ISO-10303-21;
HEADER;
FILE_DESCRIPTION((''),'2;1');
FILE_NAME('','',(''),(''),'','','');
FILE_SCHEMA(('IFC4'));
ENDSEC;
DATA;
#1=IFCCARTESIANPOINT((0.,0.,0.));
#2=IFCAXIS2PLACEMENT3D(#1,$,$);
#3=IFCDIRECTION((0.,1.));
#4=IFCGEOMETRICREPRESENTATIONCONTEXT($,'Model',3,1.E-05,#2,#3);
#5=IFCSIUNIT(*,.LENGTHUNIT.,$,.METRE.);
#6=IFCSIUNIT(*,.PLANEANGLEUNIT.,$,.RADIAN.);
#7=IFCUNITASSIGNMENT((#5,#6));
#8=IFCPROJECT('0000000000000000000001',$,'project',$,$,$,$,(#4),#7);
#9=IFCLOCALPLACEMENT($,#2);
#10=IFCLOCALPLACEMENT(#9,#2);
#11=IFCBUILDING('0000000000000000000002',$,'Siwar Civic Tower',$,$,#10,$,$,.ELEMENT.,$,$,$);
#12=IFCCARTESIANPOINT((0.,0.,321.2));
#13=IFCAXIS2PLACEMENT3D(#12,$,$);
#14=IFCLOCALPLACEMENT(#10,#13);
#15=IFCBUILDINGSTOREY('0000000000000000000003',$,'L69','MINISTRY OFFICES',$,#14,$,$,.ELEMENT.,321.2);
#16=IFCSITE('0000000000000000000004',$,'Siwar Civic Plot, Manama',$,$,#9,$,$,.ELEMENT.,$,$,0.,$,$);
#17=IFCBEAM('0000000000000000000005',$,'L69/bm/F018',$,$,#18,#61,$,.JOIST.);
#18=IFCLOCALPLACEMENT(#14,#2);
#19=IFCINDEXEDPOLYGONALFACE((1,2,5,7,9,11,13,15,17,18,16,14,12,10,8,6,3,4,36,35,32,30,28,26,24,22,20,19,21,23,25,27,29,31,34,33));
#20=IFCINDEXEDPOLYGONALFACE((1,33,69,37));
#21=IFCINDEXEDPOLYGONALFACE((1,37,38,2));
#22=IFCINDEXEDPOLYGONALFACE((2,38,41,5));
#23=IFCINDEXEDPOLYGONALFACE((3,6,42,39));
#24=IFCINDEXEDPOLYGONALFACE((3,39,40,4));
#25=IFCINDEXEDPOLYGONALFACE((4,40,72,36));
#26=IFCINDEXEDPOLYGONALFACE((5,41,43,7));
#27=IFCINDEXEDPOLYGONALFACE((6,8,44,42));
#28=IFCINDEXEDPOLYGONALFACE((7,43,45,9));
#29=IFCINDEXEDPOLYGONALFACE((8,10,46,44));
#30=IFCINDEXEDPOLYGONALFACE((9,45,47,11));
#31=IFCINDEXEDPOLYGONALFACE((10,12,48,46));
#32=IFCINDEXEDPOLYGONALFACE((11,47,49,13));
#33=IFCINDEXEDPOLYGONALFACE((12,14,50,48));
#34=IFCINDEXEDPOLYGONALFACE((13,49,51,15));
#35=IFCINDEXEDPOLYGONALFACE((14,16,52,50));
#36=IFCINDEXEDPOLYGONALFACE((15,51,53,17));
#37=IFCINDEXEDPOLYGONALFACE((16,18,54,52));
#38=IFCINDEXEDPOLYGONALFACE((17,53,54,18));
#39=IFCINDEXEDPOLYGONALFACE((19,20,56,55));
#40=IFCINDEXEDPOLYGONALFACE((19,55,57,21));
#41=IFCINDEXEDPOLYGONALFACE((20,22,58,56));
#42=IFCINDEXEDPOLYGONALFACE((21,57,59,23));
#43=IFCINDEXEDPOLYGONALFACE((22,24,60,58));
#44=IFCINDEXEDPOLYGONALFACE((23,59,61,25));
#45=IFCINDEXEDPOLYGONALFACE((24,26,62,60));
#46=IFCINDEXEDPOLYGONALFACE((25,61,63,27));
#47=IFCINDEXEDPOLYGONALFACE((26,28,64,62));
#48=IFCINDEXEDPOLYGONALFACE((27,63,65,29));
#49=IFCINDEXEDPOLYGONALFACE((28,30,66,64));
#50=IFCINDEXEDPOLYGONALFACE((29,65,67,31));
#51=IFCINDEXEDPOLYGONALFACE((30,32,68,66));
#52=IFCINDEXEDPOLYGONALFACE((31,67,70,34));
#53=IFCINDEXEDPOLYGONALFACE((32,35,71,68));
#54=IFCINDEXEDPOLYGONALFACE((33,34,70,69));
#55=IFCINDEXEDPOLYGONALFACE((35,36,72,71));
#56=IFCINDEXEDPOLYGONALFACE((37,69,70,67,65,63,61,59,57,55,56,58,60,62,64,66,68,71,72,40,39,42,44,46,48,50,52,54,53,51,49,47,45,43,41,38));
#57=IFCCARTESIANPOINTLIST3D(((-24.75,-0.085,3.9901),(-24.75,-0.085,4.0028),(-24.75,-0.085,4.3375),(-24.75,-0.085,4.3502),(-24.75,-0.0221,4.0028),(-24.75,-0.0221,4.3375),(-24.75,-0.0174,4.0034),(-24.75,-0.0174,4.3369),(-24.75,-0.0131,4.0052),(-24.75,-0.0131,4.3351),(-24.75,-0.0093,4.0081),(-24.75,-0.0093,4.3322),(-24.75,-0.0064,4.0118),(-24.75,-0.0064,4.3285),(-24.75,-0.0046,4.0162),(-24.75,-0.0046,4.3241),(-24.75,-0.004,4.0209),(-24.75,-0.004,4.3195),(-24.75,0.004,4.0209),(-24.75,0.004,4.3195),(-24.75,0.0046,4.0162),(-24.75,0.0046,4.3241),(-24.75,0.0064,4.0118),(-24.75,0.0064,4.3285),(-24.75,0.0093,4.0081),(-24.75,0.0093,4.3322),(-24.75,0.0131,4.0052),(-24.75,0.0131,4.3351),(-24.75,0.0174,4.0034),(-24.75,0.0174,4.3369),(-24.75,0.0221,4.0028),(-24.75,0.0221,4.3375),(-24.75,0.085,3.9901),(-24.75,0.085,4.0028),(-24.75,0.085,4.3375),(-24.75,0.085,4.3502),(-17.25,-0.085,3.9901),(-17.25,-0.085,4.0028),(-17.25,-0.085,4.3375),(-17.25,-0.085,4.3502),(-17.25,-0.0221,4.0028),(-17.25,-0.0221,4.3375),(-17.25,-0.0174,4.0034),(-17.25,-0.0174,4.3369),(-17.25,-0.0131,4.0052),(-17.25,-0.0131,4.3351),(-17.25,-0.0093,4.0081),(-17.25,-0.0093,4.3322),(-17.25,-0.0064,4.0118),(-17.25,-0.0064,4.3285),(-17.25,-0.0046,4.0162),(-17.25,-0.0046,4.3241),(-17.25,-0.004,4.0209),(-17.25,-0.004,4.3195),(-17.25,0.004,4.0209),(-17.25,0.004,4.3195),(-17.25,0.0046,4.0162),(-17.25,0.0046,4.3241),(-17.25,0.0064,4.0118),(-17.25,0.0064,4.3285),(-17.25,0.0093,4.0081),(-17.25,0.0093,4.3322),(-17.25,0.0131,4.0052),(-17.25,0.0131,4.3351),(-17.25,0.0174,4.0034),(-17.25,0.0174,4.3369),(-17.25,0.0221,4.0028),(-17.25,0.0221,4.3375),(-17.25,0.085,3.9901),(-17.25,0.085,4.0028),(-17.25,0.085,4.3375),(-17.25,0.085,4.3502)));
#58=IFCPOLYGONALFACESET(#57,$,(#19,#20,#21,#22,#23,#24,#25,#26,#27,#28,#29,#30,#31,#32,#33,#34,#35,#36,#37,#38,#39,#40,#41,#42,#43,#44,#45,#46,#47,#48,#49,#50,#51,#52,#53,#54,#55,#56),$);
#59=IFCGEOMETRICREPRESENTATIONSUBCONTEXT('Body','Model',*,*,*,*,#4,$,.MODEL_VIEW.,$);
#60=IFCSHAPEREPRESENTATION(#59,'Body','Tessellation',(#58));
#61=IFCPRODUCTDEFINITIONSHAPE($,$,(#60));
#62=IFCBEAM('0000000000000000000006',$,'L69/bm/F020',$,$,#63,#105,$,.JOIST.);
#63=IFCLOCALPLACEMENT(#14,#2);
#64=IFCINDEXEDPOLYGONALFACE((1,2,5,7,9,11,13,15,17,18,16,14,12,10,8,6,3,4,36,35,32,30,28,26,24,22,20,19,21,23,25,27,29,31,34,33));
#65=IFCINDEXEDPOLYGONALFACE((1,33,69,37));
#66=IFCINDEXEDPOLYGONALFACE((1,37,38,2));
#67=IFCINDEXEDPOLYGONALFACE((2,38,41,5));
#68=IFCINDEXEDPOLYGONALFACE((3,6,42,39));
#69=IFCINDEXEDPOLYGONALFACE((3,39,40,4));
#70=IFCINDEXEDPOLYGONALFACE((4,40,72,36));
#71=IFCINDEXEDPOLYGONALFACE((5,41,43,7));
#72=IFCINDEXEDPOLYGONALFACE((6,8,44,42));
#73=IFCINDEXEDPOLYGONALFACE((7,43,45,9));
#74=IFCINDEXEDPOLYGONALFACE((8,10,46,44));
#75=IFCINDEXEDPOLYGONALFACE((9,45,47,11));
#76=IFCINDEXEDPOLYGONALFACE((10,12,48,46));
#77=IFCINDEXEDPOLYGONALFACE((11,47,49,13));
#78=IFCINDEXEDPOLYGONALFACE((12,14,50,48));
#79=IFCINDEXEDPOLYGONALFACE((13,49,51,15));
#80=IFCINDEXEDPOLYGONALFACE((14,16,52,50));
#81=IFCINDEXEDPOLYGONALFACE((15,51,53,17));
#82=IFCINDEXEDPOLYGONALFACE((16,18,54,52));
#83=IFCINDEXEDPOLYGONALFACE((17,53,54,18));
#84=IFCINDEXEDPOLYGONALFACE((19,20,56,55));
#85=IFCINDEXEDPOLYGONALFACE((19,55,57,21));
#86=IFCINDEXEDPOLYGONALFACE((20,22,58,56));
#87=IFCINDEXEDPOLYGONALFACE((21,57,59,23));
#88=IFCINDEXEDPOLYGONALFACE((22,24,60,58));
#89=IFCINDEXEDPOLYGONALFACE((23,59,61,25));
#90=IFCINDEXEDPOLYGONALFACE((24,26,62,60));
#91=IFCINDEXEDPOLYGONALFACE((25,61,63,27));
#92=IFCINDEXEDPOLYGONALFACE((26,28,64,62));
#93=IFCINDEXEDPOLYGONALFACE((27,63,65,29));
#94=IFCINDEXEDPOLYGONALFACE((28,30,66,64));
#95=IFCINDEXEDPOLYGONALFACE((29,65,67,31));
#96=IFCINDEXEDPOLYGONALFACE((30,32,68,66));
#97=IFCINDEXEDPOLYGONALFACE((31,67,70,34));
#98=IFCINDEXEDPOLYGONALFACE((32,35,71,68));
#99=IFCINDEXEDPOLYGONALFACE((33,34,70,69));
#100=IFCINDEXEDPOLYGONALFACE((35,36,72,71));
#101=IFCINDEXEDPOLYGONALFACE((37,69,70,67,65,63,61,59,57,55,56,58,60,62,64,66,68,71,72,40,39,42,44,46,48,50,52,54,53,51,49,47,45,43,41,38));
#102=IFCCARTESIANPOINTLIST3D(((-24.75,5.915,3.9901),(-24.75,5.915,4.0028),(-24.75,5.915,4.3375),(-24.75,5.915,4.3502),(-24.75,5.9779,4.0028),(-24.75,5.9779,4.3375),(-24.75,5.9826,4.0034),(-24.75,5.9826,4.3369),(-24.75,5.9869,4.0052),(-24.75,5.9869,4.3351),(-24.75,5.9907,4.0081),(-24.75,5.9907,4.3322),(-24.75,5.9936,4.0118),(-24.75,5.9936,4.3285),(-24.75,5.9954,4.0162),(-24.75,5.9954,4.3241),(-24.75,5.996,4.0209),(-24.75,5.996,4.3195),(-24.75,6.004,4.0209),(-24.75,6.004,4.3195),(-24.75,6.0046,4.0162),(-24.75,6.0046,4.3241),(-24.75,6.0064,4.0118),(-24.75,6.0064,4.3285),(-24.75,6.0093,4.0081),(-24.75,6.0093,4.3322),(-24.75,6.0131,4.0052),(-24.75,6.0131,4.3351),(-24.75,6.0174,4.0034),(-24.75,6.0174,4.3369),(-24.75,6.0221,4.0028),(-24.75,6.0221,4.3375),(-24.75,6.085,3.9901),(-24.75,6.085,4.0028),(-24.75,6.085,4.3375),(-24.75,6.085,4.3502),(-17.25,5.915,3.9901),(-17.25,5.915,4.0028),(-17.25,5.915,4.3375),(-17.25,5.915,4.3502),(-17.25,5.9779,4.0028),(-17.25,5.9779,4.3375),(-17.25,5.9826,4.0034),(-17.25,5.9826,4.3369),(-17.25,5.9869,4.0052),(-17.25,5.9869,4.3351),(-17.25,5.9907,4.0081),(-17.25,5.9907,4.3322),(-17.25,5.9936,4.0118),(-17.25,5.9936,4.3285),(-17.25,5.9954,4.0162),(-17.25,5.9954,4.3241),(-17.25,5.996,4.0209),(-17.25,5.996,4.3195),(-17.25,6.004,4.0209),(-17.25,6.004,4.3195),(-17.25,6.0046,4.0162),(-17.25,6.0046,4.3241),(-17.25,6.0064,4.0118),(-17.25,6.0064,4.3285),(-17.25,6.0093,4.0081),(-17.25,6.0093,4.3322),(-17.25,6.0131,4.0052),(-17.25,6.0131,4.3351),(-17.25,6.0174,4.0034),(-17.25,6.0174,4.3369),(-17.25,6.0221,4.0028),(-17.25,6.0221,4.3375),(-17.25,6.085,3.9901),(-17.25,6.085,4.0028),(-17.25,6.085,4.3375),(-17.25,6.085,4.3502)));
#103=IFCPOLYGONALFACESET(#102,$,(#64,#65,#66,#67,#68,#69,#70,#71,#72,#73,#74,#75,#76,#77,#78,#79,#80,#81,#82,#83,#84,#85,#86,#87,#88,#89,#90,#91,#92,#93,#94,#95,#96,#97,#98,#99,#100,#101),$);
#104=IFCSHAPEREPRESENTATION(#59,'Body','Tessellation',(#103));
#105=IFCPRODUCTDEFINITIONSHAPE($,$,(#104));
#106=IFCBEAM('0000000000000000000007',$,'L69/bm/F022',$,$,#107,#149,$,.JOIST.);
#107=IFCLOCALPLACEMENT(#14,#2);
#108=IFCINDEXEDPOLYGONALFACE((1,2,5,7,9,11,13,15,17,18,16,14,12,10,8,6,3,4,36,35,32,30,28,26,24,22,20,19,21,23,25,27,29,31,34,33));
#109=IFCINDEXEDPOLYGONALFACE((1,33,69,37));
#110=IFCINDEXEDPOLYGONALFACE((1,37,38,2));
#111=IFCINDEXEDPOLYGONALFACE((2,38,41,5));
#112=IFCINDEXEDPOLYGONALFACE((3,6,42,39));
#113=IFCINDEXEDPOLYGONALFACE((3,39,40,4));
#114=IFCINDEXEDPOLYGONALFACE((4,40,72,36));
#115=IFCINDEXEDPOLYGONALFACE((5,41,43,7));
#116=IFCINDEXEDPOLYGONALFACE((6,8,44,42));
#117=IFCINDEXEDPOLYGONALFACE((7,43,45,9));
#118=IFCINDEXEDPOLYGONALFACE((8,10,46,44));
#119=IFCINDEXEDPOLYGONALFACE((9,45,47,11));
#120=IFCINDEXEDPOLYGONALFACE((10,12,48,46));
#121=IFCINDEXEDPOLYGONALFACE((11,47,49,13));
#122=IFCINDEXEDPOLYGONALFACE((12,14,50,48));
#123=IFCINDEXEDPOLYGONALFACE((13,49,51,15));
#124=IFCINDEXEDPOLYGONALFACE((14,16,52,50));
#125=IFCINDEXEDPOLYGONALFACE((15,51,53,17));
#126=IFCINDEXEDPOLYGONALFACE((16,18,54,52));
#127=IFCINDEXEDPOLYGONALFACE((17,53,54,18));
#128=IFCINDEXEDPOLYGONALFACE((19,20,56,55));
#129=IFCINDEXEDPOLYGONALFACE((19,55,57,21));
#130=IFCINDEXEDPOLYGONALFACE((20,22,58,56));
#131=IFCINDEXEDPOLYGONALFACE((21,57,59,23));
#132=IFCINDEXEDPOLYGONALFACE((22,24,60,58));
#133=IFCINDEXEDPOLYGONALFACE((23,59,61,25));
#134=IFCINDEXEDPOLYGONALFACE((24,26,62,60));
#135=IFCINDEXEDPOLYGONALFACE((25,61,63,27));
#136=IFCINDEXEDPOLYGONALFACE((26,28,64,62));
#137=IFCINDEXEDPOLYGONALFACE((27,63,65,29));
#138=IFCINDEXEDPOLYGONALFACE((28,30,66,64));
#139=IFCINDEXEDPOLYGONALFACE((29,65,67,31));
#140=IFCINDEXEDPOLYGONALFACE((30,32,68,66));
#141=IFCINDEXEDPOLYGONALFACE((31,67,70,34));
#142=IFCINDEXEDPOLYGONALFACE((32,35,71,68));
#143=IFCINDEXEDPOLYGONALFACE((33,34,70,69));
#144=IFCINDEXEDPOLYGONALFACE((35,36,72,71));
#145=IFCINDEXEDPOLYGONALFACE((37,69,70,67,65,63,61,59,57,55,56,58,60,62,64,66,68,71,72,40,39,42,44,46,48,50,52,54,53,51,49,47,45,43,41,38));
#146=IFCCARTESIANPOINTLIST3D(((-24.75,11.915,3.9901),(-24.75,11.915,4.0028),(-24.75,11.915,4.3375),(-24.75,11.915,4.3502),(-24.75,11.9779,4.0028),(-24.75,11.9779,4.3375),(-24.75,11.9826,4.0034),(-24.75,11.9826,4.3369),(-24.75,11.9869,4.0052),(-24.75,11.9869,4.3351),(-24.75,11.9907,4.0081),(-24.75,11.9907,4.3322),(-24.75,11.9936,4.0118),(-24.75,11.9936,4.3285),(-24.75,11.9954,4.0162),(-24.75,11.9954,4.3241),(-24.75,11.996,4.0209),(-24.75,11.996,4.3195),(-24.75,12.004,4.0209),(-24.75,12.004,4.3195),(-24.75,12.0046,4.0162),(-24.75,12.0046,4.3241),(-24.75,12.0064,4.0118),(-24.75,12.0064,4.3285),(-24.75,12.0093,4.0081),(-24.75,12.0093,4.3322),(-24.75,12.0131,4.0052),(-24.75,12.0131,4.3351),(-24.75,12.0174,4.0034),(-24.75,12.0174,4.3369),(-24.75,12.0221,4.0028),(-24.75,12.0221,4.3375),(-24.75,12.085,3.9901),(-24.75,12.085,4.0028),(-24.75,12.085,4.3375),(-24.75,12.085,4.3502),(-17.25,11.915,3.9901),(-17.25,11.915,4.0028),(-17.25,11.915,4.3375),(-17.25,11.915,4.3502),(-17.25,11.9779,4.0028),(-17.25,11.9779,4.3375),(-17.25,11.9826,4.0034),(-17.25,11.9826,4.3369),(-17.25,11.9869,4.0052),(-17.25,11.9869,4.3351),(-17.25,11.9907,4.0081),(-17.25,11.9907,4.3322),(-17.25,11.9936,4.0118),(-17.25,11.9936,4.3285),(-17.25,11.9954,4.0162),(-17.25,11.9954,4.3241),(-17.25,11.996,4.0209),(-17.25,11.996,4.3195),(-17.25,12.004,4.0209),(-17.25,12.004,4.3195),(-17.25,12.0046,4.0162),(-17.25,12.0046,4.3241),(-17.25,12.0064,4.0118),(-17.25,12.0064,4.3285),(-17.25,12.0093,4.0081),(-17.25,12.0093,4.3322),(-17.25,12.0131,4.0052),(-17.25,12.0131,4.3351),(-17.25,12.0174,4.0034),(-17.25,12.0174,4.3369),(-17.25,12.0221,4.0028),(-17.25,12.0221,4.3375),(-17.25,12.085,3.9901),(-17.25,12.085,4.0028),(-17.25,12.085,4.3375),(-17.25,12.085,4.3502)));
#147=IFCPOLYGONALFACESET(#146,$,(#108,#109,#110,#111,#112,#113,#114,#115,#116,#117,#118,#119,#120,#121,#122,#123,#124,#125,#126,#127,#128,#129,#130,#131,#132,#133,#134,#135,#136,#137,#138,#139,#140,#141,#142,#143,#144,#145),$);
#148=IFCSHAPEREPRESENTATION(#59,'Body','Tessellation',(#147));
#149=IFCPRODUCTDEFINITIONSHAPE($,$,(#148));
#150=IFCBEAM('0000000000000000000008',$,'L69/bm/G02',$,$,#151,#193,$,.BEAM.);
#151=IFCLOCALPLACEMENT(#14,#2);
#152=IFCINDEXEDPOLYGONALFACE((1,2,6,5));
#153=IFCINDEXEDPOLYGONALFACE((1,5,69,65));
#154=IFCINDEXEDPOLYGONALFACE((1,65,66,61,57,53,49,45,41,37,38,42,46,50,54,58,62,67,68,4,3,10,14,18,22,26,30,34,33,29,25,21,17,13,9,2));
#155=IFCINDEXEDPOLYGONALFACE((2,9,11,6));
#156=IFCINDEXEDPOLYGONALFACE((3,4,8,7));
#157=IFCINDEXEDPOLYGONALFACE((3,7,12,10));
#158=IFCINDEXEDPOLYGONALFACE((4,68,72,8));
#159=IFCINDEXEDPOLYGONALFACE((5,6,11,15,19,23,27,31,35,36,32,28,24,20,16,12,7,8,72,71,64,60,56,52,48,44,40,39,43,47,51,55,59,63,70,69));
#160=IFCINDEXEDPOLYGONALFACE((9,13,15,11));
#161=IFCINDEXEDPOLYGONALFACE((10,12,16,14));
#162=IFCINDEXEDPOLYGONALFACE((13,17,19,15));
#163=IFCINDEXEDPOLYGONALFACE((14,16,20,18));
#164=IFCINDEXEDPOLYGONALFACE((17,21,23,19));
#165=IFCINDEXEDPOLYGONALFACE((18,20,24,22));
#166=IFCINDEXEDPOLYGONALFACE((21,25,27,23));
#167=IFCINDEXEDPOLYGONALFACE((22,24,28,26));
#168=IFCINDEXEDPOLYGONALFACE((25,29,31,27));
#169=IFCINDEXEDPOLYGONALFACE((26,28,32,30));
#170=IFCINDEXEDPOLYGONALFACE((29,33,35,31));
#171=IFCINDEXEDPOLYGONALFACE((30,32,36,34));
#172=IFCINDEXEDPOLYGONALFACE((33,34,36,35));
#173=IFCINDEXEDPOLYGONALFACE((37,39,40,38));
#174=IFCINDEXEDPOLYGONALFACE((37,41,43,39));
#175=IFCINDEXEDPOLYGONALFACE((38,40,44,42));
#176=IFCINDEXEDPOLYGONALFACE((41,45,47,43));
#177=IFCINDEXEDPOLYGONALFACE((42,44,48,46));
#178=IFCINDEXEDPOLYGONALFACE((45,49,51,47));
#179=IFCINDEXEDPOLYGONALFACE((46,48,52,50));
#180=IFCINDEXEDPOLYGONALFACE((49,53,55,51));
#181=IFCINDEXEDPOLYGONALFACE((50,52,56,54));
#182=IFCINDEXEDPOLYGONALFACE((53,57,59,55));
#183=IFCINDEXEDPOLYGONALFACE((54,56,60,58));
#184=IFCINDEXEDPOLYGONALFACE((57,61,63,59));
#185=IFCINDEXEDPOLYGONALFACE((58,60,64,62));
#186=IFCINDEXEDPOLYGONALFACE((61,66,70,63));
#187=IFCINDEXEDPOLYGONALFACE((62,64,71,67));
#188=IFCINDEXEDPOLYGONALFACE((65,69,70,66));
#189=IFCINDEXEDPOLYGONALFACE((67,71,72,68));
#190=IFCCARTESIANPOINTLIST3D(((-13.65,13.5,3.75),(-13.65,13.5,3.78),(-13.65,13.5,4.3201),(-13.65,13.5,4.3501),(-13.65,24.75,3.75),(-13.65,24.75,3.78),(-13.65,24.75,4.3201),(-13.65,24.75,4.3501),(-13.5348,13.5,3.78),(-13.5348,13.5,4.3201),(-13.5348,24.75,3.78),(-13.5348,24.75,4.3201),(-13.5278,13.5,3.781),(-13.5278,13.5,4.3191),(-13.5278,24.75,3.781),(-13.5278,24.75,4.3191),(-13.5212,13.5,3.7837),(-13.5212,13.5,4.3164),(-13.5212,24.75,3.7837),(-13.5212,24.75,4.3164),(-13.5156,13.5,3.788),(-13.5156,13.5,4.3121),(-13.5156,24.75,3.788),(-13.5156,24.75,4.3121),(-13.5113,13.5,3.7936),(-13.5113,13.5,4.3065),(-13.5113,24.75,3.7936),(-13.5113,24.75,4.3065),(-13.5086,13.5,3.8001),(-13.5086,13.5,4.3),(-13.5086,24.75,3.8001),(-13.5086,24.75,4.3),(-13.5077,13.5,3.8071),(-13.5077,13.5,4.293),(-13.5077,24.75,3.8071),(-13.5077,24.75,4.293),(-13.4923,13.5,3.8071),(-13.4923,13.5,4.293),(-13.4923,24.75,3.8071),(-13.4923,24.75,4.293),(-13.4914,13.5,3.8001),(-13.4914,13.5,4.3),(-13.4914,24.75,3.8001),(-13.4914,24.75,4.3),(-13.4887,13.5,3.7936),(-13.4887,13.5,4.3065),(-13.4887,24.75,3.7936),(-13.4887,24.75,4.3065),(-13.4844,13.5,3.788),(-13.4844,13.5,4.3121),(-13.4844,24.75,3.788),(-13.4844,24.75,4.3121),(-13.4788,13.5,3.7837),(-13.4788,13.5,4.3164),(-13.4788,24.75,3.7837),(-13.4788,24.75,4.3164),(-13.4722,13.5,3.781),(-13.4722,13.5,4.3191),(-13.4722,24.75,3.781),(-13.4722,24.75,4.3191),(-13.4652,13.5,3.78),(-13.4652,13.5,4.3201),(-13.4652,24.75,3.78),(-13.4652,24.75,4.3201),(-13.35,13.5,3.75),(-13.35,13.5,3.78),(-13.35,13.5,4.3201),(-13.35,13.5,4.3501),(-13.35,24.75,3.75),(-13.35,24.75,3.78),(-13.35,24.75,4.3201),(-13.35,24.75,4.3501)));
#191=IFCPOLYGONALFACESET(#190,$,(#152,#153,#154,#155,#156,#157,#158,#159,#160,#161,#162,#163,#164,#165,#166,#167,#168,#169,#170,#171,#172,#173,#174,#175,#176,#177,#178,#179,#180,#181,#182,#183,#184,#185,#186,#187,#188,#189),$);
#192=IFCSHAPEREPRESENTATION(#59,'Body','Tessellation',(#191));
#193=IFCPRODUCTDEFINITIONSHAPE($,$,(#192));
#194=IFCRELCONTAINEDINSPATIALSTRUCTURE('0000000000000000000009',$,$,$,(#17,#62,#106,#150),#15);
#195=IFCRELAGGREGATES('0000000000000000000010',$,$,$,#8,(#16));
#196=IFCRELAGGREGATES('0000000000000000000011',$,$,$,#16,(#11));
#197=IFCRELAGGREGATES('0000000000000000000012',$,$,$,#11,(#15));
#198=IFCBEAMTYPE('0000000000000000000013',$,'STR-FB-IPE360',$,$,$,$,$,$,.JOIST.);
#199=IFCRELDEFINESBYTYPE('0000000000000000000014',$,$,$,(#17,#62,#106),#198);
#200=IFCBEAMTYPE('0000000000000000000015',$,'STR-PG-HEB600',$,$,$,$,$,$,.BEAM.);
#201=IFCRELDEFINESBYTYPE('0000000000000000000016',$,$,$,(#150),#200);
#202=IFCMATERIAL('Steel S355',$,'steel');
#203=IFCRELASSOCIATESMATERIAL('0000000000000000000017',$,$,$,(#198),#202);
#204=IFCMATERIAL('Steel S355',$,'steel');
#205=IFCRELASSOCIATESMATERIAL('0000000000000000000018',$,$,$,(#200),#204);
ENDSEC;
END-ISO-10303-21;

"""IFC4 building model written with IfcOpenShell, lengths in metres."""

from ifc_helpers import new_model, si_unit, direction, frame, origin, origin_2d, place, context, subcontext, project, spatial, i_section, extrude, material, material_profile, profile_set, type_object, element, save


model = new_model("IFC4")

# Units and contexts
model_context = context("Model", 3, precision=1e-05, world=origin(), true_north=direction((0.0, 1.0)))
body_context = subcontext(model_context, "Body", "Model", "MODEL_VIEW")
ifc_project = project(units=[si_unit("LENGTHUNIT", "METRE"), si_unit("PLANEANGLEUNIT", "RADIAN")], contexts=[model_context])

# Site, building, storey
site_placement = place(None, origin())
site = spatial("IfcSite", under=ifc_project, at=site_placement, Name="Siwar Civic Plot, Manama", CompositionType="ELEMENT", RefElevation=0.0)
building_placement = place(site_placement, origin())
building = spatial("IfcBuilding", under=site, at=building_placement, Name="Siwar Civic Tower", CompositionType="ELEMENT")
storey_placement = place(building_placement, frame((0.0, 0.0, 321.2)))
storey = spatial("IfcBuildingStorey", under=building, at=storey_placement, Name="L69", Description="MINISTRY OFFICES", CompositionType="ELEMENT", Elevation=321.2)

# Beams
ifc_material_1 = material(Name="Steel S355", Category="steel")
ifc_material_profile_1 = material_profile(ifc_material_1, i_section(OverallWidth=0.1699, OverallDepth=0.3601, WebThickness=0.0081, FlangeThickness=0.0127, FilletRadius=0.0181, at=origin_2d()), Name="IPE360")
ifc_profile_set_1 = profile_set([ifc_material_profile_1], Name="Steel S355")
beam_type_1 = type_object("IfcBeamType", Name="STR-FB-IPE360", PredefinedType="JOIST", material=ifc_profile_set_1)
for number, where, z_axis, x_axis, name in (
    (1, (-24.75, 0.0, 4.1702), (1.0, 0.0, 0.0), (0.0, 1.0, 0.0), "L69/bm/F018"),
    (2, (-24.75, 6.0, 4.1702), (1.0, 0.0, 0.0), (0.0, 1.0, 0.0), "L69/bm/F020"),
    (3, (-24.75, 12.0, 4.1702), (1.0, 0.0, 0.0), (0.0, 1.0, 0.0), "L69/bm/F022"),
):
    element("IfcBeam", number, at=place(storey_placement, frame(where, z_axis=z_axis, x_axis=x_axis)), inside=storey, type_object=beam_type_1, Name=name, PredefinedType="JOIST", context=body_context, shape_type="SweptSolid", body=[
        extrude(i_section(OverallWidth=0.1699, OverallDepth=0.3601, WebThickness=0.0081, FlangeThickness=0.0127, FilletRadius=0.0181, at=origin_2d()), origin(), (0.0, 0.0, 1.0), 7.5),
    ])
ifc_material_2 = material(Name="Steel S355", Category="steel")
ifc_material_profile_2 = material_profile(ifc_material_2, i_section(OverallWidth=0.3, OverallDepth=0.6001, WebThickness=0.0154, FlangeThickness=0.03, FilletRadius=0.0271, at=origin_2d()), Name="HEB600")
ifc_profile_set_2 = profile_set([ifc_material_profile_2], Name="Steel S355")
beam_type_2 = type_object("IfcBeamType", Name="STR-PG-HEB600", PredefinedType="BEAM", material=ifc_profile_set_2)
beam_placement = place(storey_placement, frame((-13.5, 13.5, 4.05), z_axis=(0.0, 1.0, 0.0), x_axis=(-1.0, 0.0, 0.0)))
element("IfcBeam", 4, at=beam_placement, inside=storey, type_object=beam_type_2, Name="L69/bm/G02", PredefinedType="BEAM", context=body_context, shape_type="SweptSolid", body=[
    extrude(i_section(OverallWidth=0.3, OverallDepth=0.6001, WebThickness=0.0154, FlangeThickness=0.03, FilletRadius=0.0271, at=origin_2d()), origin(), (0.0, 0.0, 1.0), 11.25),
])

save(model, "model.ifc")
